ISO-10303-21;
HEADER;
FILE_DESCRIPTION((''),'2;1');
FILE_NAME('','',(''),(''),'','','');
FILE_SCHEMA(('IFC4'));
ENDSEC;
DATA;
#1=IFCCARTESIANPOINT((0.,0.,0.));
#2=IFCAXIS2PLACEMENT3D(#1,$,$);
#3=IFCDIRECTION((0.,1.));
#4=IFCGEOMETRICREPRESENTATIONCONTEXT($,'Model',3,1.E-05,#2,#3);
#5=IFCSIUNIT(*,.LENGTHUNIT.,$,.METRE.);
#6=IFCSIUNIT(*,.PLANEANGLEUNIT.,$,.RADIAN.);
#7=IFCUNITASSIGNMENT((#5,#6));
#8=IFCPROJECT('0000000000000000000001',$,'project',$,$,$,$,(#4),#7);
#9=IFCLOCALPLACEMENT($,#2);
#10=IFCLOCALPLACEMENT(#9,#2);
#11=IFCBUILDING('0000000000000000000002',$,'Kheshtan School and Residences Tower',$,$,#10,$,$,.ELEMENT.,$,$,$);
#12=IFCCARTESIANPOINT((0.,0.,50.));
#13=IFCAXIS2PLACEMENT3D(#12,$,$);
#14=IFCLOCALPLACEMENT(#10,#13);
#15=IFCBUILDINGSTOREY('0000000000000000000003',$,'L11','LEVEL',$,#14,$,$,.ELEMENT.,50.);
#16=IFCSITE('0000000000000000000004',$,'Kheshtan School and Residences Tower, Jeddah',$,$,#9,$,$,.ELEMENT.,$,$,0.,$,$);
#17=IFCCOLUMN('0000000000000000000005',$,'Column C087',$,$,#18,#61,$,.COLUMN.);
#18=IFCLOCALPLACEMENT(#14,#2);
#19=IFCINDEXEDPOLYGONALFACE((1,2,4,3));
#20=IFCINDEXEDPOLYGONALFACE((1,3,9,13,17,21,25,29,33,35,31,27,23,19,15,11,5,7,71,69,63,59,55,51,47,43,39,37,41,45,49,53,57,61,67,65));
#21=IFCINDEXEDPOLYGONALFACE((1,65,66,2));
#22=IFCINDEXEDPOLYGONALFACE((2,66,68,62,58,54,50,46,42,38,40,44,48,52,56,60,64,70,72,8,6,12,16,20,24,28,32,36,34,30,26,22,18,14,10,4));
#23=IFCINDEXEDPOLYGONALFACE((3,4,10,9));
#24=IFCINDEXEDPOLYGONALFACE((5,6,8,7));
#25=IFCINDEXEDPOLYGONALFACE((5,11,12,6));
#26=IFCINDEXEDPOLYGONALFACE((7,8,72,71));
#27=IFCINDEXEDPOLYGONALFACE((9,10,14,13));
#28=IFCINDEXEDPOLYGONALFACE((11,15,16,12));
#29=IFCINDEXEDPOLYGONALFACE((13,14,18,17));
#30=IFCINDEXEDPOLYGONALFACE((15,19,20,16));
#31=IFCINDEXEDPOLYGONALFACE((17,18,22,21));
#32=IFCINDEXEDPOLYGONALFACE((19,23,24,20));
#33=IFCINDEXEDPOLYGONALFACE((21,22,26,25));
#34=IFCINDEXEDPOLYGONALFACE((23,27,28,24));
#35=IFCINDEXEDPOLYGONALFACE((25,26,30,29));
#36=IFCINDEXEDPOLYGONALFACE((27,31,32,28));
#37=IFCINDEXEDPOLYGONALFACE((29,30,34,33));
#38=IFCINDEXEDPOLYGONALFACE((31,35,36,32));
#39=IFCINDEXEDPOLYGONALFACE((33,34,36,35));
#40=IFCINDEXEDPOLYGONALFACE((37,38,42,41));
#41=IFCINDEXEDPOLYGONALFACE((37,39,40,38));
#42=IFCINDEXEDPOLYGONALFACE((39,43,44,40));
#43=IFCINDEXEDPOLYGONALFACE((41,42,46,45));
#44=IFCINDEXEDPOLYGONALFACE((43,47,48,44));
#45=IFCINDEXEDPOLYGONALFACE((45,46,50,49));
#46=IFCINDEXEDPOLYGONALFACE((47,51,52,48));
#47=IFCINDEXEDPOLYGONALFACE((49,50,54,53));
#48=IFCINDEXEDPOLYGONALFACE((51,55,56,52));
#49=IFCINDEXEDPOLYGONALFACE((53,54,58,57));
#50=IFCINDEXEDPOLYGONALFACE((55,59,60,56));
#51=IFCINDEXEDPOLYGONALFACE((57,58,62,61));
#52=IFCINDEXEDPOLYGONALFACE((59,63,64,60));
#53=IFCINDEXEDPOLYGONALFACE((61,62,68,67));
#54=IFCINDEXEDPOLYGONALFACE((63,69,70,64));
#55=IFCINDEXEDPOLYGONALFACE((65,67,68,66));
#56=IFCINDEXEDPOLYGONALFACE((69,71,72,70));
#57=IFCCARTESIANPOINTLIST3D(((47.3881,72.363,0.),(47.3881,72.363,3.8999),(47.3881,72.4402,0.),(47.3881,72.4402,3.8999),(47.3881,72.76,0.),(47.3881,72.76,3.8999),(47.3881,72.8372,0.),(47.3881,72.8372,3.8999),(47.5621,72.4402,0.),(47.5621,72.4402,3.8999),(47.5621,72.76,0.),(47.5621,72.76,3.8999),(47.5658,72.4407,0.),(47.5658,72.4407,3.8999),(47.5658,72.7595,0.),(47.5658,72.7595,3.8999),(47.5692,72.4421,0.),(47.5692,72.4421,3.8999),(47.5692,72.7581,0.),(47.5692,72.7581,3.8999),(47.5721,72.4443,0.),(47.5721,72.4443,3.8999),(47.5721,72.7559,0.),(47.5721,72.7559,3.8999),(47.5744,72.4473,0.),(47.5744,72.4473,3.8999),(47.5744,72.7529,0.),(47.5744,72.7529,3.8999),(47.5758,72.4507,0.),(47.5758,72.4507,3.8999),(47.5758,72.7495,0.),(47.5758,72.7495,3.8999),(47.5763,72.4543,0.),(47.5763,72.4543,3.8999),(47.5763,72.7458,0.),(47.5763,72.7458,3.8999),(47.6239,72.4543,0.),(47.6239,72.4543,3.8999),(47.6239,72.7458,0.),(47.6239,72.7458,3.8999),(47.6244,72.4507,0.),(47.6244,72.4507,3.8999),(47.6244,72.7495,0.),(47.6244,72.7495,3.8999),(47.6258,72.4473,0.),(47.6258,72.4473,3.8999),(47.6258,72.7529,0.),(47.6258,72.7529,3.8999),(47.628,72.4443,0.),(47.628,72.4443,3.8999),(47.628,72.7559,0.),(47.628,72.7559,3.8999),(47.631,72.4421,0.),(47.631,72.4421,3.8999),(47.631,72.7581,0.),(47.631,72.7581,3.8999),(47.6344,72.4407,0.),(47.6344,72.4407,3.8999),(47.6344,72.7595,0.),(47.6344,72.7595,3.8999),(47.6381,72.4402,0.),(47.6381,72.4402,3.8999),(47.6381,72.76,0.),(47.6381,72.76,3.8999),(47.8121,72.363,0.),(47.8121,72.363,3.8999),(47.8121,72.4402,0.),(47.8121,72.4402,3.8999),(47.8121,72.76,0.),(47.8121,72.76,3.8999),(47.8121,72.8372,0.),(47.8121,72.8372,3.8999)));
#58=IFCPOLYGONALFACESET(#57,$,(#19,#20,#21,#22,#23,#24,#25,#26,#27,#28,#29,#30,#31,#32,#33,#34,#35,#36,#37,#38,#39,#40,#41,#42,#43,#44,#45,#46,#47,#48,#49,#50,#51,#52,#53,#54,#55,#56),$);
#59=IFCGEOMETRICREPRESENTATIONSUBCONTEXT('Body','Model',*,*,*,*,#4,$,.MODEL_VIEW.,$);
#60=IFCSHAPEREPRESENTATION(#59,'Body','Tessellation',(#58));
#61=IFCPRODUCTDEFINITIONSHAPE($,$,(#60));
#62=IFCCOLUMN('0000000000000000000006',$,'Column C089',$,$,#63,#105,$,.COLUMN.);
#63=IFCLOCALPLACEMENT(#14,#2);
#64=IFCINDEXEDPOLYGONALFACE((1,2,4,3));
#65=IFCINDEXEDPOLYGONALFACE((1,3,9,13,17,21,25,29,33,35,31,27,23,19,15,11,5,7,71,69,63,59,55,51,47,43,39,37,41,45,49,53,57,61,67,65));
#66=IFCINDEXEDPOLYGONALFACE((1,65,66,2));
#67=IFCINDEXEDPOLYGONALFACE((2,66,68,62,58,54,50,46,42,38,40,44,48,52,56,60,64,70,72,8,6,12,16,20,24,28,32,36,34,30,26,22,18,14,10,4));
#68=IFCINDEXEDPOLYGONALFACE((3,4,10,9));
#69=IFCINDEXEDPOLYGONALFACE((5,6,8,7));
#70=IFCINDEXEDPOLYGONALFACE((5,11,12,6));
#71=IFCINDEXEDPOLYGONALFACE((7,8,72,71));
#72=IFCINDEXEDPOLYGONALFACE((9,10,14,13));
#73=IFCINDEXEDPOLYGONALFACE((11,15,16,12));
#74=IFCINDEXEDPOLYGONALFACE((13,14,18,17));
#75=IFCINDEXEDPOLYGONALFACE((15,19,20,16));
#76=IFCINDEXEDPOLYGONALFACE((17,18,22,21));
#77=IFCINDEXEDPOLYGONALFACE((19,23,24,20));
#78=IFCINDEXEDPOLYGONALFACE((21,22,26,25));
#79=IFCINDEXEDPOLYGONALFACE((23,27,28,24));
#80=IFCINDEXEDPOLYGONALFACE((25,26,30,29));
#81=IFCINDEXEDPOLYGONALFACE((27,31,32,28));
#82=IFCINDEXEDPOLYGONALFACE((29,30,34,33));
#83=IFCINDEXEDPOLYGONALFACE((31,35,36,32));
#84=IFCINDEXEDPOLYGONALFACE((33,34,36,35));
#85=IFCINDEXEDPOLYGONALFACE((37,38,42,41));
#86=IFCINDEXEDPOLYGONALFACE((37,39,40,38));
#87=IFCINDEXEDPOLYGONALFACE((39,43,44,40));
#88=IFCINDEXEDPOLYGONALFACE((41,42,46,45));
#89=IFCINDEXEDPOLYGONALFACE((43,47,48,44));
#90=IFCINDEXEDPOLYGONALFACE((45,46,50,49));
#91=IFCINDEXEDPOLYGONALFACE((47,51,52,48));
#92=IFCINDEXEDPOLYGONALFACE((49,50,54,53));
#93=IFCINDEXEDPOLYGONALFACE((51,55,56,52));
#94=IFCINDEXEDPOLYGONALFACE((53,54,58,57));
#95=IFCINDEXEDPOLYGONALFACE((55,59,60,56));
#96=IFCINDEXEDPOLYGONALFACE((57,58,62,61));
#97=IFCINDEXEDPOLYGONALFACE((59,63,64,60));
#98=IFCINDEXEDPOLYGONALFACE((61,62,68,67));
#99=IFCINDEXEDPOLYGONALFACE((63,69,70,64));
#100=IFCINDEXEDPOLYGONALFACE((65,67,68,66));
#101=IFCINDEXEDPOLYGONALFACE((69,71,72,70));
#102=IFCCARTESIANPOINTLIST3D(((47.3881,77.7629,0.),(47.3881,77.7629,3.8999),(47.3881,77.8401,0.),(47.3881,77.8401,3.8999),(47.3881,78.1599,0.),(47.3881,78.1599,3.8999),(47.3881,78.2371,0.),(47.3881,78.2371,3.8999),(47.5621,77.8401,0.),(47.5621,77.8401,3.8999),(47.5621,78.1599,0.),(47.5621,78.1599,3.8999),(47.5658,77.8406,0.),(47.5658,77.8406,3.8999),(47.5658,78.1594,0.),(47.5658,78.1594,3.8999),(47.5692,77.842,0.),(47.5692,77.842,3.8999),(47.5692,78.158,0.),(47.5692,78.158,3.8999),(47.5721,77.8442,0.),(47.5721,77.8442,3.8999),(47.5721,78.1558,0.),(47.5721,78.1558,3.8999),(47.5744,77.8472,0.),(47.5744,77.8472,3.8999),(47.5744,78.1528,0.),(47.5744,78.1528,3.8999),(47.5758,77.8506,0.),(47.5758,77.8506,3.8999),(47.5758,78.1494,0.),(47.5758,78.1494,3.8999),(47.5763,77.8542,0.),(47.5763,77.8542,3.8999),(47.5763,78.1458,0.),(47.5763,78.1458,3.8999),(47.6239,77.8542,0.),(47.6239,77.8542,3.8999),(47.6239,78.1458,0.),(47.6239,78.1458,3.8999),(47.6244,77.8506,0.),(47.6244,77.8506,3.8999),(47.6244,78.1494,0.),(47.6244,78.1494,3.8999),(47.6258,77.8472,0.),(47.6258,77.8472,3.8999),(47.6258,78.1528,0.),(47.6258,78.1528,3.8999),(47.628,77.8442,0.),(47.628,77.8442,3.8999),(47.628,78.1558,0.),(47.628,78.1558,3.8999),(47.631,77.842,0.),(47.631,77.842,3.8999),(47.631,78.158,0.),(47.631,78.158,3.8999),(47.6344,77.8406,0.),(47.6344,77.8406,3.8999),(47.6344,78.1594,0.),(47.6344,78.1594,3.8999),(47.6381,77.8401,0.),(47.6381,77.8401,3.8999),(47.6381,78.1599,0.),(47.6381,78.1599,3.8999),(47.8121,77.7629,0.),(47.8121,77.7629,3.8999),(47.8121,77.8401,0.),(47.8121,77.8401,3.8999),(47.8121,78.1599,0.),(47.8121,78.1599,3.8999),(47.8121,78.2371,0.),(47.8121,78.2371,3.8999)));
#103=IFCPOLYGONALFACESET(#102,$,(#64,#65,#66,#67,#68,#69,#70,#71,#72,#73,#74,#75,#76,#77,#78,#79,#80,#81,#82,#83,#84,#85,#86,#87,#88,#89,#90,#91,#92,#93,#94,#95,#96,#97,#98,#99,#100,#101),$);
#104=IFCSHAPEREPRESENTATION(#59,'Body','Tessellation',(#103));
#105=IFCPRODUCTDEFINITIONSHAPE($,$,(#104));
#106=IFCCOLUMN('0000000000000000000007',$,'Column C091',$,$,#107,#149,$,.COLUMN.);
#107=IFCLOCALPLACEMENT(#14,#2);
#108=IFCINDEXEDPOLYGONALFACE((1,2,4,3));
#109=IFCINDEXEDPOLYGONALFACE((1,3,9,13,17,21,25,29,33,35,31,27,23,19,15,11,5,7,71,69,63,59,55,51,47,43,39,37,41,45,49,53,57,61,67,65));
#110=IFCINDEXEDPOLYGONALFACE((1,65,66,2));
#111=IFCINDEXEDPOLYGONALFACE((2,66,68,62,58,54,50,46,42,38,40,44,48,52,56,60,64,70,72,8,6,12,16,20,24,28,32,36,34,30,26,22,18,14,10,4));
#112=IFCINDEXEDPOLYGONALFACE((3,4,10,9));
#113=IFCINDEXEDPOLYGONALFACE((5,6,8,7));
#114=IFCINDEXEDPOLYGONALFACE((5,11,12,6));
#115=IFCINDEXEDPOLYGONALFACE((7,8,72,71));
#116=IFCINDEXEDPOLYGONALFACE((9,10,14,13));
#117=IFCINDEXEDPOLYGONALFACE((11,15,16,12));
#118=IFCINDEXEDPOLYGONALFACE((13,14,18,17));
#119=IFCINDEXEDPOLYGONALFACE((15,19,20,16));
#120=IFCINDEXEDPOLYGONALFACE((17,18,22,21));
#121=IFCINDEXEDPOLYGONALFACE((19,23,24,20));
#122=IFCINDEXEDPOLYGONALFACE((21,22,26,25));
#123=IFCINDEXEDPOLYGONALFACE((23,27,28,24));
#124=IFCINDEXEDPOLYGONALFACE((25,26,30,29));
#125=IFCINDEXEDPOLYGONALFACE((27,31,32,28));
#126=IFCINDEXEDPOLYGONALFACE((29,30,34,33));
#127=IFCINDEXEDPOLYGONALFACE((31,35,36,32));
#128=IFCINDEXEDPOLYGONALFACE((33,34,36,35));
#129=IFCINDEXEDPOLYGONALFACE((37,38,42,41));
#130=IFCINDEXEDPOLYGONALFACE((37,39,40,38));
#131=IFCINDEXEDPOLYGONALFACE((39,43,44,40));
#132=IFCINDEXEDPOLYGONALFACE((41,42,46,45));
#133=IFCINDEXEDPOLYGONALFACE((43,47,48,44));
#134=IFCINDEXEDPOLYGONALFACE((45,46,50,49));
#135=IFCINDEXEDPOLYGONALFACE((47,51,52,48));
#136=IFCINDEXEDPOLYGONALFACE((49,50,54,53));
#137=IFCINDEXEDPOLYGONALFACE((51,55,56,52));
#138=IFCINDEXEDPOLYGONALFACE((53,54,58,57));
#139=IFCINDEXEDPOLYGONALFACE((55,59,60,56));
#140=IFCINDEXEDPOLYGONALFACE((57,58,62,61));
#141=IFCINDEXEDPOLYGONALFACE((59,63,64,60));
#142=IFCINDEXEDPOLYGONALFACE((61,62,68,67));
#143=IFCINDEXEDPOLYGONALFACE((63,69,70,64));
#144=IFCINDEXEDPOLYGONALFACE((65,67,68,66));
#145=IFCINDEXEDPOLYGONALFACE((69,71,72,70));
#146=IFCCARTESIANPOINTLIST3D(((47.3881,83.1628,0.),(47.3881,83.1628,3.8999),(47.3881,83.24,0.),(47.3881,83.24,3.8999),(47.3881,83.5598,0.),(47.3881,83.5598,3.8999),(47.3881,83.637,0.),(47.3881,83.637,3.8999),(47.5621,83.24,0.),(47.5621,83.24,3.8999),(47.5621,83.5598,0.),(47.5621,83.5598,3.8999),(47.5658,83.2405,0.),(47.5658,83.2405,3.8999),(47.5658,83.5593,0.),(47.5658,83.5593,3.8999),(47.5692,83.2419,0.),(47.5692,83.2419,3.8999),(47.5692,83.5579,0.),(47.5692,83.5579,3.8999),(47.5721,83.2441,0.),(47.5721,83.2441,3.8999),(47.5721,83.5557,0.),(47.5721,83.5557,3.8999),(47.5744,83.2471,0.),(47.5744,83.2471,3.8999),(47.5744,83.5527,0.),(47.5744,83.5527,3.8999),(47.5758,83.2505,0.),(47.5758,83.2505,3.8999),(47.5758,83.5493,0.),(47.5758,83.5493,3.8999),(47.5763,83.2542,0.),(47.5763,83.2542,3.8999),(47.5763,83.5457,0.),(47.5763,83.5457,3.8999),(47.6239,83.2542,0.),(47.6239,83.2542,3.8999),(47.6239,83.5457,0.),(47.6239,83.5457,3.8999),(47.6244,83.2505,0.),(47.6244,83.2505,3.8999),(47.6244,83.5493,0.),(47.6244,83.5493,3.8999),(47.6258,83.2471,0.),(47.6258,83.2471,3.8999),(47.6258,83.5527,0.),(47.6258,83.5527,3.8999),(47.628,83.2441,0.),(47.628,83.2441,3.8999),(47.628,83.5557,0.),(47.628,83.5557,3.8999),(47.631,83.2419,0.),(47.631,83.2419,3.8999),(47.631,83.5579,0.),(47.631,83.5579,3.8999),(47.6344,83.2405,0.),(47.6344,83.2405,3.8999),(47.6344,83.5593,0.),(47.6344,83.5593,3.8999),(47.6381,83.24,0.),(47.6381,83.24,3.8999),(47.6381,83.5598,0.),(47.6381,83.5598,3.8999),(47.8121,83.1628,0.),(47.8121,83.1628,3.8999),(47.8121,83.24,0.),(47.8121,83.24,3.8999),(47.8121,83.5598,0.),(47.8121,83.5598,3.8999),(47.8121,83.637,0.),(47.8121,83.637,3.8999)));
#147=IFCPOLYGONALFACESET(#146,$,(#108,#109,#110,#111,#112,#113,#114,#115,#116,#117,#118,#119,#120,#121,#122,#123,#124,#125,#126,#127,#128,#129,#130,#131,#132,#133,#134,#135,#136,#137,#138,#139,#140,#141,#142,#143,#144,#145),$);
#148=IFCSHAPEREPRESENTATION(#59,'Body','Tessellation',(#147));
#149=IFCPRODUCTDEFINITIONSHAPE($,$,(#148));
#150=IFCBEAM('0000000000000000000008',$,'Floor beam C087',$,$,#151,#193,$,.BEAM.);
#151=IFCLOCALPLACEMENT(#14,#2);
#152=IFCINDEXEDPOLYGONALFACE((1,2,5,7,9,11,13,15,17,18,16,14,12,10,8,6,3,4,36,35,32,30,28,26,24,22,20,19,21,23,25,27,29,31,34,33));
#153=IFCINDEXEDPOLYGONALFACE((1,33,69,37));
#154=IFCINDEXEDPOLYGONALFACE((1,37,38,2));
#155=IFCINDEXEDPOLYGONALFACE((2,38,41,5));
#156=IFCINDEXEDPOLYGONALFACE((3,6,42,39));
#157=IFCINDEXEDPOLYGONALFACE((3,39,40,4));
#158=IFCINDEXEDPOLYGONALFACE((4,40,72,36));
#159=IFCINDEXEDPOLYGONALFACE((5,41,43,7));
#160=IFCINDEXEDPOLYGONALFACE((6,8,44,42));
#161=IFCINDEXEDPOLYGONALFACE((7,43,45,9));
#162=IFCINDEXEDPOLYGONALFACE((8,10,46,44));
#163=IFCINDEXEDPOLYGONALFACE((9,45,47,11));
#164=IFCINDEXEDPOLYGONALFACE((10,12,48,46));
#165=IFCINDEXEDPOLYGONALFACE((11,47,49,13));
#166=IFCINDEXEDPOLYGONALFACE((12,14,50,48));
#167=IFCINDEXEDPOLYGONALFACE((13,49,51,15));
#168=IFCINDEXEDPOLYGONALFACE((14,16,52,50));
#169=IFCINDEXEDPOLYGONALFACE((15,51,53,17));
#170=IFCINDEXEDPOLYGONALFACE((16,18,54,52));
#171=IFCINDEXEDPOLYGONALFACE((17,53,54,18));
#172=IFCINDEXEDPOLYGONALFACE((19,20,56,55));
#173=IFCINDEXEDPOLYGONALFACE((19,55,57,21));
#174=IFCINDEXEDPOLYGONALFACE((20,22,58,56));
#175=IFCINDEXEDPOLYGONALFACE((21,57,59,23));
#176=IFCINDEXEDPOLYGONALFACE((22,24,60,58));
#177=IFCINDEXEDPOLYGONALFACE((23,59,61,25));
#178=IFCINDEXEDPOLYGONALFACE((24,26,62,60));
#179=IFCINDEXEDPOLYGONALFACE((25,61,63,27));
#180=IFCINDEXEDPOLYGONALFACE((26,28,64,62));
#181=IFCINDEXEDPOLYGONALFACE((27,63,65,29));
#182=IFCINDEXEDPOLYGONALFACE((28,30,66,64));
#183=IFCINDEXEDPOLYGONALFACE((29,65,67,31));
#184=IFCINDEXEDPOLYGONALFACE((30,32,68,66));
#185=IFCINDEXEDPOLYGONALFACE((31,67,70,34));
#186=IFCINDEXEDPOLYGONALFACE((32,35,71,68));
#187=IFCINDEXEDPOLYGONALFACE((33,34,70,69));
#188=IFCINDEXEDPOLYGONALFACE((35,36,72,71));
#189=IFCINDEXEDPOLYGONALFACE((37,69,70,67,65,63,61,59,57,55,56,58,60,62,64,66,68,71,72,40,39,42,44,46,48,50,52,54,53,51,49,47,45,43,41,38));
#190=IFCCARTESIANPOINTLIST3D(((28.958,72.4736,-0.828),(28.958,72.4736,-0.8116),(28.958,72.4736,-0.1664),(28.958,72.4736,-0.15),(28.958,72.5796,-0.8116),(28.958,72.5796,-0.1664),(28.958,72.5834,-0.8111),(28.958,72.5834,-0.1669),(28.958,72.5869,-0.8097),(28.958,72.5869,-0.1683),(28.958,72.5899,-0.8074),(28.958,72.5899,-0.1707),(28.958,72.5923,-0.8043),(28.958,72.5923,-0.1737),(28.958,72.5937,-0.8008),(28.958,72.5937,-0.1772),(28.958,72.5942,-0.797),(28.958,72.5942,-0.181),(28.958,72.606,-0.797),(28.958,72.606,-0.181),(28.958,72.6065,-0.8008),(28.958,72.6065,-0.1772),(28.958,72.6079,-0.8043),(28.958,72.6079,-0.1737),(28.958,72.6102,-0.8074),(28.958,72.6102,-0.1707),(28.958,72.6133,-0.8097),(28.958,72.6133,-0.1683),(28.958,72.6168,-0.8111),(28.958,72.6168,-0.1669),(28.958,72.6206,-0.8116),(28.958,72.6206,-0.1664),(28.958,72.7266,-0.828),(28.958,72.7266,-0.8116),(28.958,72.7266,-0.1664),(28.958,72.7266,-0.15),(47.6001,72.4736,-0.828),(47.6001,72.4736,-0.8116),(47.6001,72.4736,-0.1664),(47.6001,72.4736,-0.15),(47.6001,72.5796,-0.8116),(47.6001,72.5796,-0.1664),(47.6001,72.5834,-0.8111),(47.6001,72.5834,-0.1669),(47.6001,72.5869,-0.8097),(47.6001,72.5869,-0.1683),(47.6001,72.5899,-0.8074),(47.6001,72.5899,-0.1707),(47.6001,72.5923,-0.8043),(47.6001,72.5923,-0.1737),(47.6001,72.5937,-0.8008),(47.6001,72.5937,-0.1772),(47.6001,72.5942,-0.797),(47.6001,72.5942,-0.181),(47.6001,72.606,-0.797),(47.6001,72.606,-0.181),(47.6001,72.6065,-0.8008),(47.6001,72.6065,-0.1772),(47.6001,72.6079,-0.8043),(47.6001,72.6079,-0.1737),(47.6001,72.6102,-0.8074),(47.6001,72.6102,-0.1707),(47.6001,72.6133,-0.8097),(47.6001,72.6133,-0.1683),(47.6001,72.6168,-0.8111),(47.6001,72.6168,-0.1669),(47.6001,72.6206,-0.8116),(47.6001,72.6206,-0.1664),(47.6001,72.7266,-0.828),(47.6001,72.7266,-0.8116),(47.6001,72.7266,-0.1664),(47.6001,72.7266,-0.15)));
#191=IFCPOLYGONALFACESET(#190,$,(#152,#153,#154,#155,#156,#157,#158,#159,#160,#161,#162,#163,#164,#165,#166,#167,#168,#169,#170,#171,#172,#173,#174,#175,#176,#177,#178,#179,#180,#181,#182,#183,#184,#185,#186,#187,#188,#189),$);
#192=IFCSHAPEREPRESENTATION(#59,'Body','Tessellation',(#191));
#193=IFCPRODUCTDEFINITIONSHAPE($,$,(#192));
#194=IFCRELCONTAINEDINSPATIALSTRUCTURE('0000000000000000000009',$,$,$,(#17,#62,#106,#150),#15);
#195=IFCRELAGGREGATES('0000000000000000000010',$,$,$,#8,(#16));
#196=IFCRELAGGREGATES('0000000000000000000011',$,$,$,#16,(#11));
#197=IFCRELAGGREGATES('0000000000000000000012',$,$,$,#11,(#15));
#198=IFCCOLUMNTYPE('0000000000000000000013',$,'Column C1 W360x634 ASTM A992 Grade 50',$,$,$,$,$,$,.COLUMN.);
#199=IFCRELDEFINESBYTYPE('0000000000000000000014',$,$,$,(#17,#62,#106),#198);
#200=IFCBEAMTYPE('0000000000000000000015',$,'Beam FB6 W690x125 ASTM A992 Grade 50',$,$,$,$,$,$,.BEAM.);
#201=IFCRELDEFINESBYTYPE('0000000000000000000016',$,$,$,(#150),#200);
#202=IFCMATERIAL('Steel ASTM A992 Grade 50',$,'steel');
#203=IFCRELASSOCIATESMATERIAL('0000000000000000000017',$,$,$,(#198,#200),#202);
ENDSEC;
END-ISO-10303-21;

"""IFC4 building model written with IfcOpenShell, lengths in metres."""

from ifc_helpers import new_model, si_unit, direction, frame, origin, origin_2d, place, context, subcontext, project, spatial, i_section, extrude, material, material_profile, profile_set, type_object, element, save


model = new_model("IFC4")

# Units and contexts
model_context = context("Model", 3, precision=1e-05, world=origin(), true_north=direction((0.0, 1.0)))
body_context = subcontext(model_context, "Body", "Model", "MODEL_VIEW")
ifc_project = project(units=[si_unit("LENGTHUNIT", "METRE"), si_unit("PLANEANGLEUNIT", "RADIAN")], contexts=[model_context])

# Site, building, storey
site_placement = place(None, origin())
site = spatial("IfcSite", under=ifc_project, at=site_placement, Name="Kheshtan School and Residences Tower, Jeddah", CompositionType="ELEMENT", RefElevation=0.0)
building_placement = place(site_placement, origin())
building = spatial("IfcBuilding", under=site, at=building_placement, Name="Kheshtan School and Residences Tower", CompositionType="ELEMENT")
storey_placement = place(building_placement, frame((0.0, 0.0, 50.0)))
storey = spatial("IfcBuildingStorey", under=building, at=storey_placement, Name="L11", Description="LEVEL", CompositionType="ELEMENT", Elevation=50.0)

# Columns
ifc_material_1 = material(Name="Steel ASTM A992 Grade 50", Category="steel")
ifc_material_profile_1 = material_profile(ifc_material_1, i_section(OverallWidth=0.4241, OverallDepth=0.4741, WebThickness=0.0476, FlangeThickness=0.0771, FilletRadius=0.0142, at=origin_2d()), Name="W360x634")
ifc_profile_set_1 = profile_set([ifc_material_profile_1], Name="Steel ASTM A992 Grade 50")
column_type = type_object("IfcColumnType", Name="Column C1 W360x634 ASTM A992 Grade 50", PredefinedType="COLUMN", material=ifc_profile_set_1)
for number, where, z_axis, x_axis, name in (
    (1, (47.6001, 72.6001, 0.0), (0.0, 0.0, 1.0), (1.0, 0.0, 0.0), "Column C087"),
    (2, (47.6001, 78.0, 0.0), (0.0, 0.0, 1.0), (1.0, 0.0, 0.0), "Column C089"),
    (3, (47.6001, 83.3999, 0.0), (0.0, 0.0, 1.0), (1.0, 0.0, 0.0), "Column C091"),
):
    element("IfcColumn", number, at=place(storey_placement, frame(where, z_axis=z_axis, x_axis=x_axis)), inside=storey, type_object=column_type, Name=name, PredefinedType="COLUMN", context=body_context, shape_type="SweptSolid", body=[
        extrude(i_section(OverallWidth=0.4241, OverallDepth=0.4741, WebThickness=0.0476, FlangeThickness=0.0771, FilletRadius=0.0142, at=origin_2d()), origin(), (0.0, 0.0, 1.0), 3.8999),
    ])

# Beam
ifc_material_profile_2 = material_profile(ifc_material_1, i_section(OverallWidth=0.2529, OverallDepth=0.678, WebThickness=0.0117, FlangeThickness=0.0164, FilletRadius=0.0146, at=origin_2d()), Name="W690x125")
ifc_profile_set_2 = profile_set([ifc_material_profile_2], Name="Steel ASTM A992 Grade 50")
beam_type_1 = type_object("IfcBeamType", Name="Beam FB6 W690x125 ASTM A992 Grade 50", PredefinedType="BEAM", material=ifc_profile_set_2)
beam_1_placement = place(storey_placement, frame((47.6001, 72.6001, -0.489), z_axis=(-1.0, 0.0, 0.0), x_axis=(0.0, -1.0, 0.0)))
element("IfcBeam", 4, at=beam_1_placement, inside=storey, type_object=beam_type_1, Name="Floor beam C087", PredefinedType="BEAM", context=body_context, shape_type="SweptSolid", body=[
    extrude(i_section(OverallWidth=0.2529, OverallDepth=0.678, WebThickness=0.0117, FlangeThickness=0.0164, FilletRadius=0.0146, at=origin_2d()), origin(), (0.0, 0.0, 1.0), 18.6421),
])

save(model, "model.ifc")
